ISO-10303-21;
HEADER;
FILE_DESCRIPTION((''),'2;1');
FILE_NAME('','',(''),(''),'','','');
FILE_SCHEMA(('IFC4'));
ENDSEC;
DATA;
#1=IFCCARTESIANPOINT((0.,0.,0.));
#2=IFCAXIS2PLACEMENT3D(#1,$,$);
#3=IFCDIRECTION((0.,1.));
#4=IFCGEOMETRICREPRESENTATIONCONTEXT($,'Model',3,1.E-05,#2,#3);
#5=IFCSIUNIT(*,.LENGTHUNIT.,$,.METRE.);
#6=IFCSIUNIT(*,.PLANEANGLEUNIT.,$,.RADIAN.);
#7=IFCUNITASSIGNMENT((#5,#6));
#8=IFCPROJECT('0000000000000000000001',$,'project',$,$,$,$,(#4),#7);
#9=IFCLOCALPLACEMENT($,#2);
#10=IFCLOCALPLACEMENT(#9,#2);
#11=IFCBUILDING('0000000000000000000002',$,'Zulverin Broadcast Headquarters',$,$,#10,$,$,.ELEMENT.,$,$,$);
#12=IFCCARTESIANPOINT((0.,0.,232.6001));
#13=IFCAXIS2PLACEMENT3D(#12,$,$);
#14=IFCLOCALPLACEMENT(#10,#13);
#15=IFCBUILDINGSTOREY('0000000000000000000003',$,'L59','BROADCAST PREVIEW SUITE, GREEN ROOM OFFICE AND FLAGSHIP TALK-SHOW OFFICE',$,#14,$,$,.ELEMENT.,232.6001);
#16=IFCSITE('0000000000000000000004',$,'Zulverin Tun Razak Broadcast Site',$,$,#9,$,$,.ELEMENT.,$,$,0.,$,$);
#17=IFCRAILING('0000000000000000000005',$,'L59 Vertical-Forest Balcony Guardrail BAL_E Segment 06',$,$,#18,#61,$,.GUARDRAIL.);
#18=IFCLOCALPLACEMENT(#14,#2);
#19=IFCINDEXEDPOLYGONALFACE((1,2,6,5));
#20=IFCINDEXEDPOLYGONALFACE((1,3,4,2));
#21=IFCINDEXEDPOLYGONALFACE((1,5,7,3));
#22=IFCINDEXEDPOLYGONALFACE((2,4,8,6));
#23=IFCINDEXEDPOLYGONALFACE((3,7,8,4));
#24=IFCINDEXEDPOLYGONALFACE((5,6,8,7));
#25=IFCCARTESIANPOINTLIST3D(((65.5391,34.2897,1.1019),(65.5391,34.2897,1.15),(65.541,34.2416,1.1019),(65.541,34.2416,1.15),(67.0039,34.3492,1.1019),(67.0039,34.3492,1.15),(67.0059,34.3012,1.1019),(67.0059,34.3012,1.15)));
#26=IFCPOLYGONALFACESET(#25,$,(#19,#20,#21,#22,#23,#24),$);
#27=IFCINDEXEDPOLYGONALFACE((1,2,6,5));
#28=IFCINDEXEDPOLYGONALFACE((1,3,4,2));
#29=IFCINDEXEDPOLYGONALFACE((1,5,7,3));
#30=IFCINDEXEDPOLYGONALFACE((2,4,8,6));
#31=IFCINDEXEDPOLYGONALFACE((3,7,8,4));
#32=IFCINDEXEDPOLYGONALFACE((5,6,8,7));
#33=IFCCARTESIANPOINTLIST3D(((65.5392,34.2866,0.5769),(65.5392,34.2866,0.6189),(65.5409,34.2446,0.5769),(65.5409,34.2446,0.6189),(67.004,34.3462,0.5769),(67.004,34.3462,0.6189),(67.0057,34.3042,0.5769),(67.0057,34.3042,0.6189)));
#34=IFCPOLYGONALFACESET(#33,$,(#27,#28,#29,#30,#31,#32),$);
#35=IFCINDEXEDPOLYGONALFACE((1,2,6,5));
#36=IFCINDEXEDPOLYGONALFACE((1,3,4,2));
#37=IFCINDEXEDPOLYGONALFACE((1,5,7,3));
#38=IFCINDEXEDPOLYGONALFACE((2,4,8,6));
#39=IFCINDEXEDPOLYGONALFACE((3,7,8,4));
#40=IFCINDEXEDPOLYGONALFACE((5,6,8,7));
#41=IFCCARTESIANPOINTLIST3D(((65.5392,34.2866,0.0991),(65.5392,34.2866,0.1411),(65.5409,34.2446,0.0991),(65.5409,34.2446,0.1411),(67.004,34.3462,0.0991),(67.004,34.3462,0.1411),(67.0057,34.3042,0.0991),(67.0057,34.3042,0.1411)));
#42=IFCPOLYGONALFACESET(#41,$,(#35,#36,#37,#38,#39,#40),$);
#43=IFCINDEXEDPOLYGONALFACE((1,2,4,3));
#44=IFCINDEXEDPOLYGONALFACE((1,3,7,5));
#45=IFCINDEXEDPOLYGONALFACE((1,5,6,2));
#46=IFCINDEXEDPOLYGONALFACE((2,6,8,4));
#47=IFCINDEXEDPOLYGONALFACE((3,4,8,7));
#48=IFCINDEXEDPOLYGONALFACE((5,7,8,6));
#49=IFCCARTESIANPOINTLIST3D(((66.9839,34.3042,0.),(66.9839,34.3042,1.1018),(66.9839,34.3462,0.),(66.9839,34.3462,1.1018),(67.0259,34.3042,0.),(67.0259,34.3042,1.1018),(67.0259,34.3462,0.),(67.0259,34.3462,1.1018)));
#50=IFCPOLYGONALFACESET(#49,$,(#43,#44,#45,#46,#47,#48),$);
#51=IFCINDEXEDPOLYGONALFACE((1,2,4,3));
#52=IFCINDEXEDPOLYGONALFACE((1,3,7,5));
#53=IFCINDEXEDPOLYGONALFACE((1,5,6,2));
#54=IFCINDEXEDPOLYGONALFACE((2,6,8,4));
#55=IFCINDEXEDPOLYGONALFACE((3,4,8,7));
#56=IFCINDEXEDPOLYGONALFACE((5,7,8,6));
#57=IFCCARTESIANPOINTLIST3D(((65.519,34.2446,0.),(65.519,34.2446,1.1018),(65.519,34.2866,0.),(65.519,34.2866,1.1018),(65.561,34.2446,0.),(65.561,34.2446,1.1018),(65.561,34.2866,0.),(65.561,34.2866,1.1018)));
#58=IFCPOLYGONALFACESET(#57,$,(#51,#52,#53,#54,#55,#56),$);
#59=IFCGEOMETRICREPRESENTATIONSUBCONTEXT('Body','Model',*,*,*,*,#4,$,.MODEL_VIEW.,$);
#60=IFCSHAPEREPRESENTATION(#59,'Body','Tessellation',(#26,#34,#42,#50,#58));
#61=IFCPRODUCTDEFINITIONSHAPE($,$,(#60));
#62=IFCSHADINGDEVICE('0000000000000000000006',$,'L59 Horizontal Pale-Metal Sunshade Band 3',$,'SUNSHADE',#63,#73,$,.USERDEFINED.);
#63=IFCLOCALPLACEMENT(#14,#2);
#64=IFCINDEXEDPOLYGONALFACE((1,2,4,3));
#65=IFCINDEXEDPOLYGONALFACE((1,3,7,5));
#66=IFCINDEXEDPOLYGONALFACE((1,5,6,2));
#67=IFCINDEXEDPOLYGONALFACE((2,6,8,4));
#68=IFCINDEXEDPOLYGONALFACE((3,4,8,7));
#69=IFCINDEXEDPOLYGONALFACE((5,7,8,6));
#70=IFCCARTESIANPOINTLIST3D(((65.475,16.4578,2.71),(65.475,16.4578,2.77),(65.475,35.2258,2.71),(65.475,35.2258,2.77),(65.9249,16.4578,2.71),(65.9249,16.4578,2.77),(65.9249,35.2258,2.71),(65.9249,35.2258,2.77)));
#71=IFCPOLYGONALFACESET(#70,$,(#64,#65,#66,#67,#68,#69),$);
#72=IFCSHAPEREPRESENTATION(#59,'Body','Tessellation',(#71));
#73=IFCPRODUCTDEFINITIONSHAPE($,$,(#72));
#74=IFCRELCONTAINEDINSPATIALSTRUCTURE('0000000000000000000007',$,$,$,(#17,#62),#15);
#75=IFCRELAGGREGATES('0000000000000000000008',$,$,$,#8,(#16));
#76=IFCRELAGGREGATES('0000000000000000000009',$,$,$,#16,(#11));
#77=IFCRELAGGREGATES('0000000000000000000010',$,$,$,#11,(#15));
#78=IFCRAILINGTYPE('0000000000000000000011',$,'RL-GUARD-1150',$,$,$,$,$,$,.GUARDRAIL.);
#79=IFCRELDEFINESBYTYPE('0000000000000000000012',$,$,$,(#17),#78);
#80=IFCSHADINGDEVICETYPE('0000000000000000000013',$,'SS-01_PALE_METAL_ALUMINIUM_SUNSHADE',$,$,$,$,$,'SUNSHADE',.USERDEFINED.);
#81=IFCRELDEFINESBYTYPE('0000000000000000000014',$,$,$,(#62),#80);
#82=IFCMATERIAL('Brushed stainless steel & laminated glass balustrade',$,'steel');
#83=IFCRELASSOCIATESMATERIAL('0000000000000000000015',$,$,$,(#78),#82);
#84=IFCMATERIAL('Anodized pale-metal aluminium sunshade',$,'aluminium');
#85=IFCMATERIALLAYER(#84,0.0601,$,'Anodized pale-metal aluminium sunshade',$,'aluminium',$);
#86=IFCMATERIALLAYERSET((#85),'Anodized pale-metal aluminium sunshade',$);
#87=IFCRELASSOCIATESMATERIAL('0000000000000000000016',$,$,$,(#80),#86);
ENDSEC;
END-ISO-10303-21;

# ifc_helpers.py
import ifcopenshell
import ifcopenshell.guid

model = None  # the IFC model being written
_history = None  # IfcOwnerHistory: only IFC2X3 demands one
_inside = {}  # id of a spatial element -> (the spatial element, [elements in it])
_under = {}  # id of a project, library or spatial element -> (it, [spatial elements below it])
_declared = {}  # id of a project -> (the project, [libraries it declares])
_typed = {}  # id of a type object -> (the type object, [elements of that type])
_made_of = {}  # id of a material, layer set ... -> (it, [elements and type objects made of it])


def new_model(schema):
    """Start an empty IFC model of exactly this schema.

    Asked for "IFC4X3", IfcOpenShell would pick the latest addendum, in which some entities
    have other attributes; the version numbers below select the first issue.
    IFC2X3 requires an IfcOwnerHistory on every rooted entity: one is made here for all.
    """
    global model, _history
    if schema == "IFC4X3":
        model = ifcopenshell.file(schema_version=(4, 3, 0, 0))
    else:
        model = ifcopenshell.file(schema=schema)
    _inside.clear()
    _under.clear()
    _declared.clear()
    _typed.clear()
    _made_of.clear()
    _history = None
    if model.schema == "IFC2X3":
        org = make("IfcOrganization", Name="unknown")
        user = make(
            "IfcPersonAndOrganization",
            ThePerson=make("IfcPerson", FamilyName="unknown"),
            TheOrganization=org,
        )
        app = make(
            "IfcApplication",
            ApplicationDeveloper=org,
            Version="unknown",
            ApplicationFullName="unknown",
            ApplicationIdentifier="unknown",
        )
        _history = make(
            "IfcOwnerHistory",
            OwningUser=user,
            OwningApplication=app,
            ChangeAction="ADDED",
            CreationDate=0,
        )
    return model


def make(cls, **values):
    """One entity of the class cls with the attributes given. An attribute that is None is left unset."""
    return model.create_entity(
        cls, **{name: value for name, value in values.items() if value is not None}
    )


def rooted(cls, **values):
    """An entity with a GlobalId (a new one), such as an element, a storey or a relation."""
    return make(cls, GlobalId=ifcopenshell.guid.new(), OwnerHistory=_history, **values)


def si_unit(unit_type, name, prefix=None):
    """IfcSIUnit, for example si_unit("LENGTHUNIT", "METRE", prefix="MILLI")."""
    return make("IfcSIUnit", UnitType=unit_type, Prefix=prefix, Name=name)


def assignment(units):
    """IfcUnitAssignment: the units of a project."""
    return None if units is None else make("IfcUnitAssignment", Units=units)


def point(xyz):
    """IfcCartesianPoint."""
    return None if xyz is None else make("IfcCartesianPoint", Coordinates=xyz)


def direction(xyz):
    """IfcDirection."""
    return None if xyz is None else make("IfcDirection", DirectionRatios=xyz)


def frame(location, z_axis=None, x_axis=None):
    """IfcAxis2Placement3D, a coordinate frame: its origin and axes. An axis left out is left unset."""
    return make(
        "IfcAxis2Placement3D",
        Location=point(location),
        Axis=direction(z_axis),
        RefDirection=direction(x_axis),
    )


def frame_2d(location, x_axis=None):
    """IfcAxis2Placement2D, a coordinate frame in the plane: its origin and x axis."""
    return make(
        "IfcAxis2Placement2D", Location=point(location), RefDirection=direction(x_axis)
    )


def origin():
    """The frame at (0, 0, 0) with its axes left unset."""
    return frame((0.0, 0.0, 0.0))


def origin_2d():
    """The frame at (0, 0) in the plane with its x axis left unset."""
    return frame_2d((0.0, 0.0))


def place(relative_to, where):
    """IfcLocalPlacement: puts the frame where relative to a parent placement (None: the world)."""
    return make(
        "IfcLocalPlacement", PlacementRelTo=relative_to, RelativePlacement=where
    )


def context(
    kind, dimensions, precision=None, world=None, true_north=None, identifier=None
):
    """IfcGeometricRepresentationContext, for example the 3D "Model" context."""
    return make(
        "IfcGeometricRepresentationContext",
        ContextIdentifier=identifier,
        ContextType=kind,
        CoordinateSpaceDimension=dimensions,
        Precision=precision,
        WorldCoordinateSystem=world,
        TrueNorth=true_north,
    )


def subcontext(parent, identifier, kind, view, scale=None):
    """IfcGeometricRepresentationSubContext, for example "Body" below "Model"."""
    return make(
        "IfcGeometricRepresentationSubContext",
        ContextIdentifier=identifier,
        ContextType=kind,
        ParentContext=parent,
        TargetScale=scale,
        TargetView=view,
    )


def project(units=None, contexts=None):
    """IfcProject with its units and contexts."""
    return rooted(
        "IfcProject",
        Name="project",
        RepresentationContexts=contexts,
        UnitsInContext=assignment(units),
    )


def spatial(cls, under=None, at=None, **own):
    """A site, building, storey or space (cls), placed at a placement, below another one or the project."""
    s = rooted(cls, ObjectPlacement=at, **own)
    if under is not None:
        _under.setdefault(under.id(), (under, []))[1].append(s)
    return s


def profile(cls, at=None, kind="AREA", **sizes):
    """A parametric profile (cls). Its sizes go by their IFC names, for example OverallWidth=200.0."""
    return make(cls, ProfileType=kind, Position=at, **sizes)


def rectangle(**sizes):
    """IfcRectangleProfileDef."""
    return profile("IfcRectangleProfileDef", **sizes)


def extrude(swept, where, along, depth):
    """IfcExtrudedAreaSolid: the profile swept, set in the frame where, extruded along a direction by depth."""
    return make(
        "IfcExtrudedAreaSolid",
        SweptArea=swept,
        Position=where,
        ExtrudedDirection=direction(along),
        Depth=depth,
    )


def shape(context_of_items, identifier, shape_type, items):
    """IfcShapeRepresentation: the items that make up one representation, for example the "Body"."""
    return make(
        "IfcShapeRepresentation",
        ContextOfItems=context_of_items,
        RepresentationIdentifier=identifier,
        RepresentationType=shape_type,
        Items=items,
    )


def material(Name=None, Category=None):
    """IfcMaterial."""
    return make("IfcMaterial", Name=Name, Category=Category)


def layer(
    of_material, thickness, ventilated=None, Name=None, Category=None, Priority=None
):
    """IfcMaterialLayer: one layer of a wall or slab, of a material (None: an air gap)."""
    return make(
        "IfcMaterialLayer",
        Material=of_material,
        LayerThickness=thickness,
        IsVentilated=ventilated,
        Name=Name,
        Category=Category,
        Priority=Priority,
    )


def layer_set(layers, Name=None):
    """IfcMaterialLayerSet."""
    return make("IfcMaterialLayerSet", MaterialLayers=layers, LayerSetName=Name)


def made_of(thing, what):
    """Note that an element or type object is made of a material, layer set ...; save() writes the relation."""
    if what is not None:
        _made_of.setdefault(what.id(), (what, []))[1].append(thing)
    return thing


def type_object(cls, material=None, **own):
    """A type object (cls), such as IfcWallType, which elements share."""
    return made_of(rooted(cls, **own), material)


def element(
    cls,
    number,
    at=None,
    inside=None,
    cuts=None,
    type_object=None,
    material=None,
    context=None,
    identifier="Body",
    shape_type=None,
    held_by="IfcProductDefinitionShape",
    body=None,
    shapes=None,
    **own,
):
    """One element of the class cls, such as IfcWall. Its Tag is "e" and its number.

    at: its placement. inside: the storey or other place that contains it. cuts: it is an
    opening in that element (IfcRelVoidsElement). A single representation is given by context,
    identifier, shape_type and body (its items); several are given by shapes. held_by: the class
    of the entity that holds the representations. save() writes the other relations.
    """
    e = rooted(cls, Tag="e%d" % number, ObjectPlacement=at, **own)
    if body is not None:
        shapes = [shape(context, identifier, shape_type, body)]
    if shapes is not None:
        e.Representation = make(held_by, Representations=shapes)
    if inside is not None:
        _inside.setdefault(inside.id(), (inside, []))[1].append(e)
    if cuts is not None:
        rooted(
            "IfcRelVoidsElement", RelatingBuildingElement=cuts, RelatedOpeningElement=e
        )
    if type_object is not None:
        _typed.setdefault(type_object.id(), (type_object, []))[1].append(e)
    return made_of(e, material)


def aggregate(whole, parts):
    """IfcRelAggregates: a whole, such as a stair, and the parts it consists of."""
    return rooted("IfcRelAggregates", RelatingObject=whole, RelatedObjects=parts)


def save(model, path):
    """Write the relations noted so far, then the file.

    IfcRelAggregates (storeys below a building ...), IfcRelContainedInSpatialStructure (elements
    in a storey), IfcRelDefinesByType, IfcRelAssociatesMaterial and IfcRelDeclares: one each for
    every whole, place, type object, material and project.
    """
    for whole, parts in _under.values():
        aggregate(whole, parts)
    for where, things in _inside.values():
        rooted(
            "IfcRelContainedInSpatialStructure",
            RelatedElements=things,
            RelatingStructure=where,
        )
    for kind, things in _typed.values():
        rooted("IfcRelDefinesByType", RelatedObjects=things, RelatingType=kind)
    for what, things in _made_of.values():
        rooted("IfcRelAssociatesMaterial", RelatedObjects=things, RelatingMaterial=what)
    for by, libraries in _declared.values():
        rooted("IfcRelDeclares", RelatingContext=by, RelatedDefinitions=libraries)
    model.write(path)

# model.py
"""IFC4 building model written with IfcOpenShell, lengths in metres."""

from ifc_helpers import new_model, si_unit, direction, frame, origin, origin_2d, place, context, subcontext, project, spatial, rectangle, extrude, material, layer, layer_set, type_object, element, save


model = new_model("IFC4")

# Units and contexts
model_context = context("Model", 3, precision=1e-05, world=origin(), true_north=direction((0.0, 1.0)))
body_context = subcontext(model_context, "Body", "Model", "MODEL_VIEW")
ifc_project = project(units=[si_unit("LENGTHUNIT", "METRE"), si_unit("PLANEANGLEUNIT", "RADIAN")], contexts=[model_context])

# Site, building, storey
site_placement = place(None, origin())
site = spatial("IfcSite", under=ifc_project, at=site_placement, Name="Zulverin Tun Razak Broadcast Site", CompositionType="ELEMENT", RefElevation=0.0)
building_placement = place(site_placement, origin())
building = spatial("IfcBuilding", under=site, at=building_placement, Name="Zulverin Broadcast Headquarters", CompositionType="ELEMENT")
storey_placement = place(building_placement, frame((0.0, 0.0, 232.6001)))
storey = spatial("IfcBuildingStorey", under=building, at=storey_placement, Name="L59", Description="BROADCAST PREVIEW SUITE, GREEN ROOM OFFICE AND FLAGSHIP TALK-SHOW OFFICE", CompositionType="ELEMENT", Elevation=232.6001)

# Railing
ifc_material_1 = material(Name="Brushed stainless steel & laminated glass balustrade", Category="steel")
railing_type = type_object("IfcRailingType", Name="RL-GUARD-1150", PredefinedType="GUARDRAIL", material=ifc_material_1)
railing_1_placement = place(storey_placement, frame((67.0049, 34.3252, 0.0)))
element("IfcRailing", 1, at=railing_1_placement, inside=storey, type_object=railing_type, Name="L59 Vertical-Forest Balcony Guardrail BAL_E Segment 06", PredefinedType="GUARDRAIL", context=body_context, shape_type="SweptSolid", body=[
    extrude(rectangle(XDim=0.0481, YDim=0.0481, at=origin_2d()), frame((0.0, 0.0, 1.126), z_axis=(-0.999174, -0.040633, 0.0), x_axis=(0.040633, -0.999174, 0.0)), (0.0, 0.0, 1.0), 1.4661),
    extrude(rectangle(XDim=0.042, YDim=0.042, at=origin_2d()), frame((0.0, 0.0, 0.5979), z_axis=(-0.999174, -0.040633, 0.0), x_axis=(0.040633, -0.999174, 0.0)), (0.0, 0.0, 1.0), 1.4661),
    extrude(rectangle(XDim=0.042, YDim=0.042, at=origin_2d()), frame((0.0, 0.0, 0.1201), z_axis=(-0.999174, -0.040633, 0.0), x_axis=(0.040633, -0.999174, 0.0)), (0.0, 0.0, 1.0), 1.4661),
    extrude(rectangle(XDim=0.042, YDim=0.042, at=origin_2d()), origin(), (0.0, 0.0, 1.0), 1.1018),
    extrude(rectangle(XDim=0.042, YDim=0.042, at=origin_2d()), frame((-1.4648, -0.0596, 0.0)), (0.0, 0.0, 1.0), 1.1018),
])

# Shading device
ifc_material_2 = material(Name="Anodized pale-metal aluminium sunshade", Category="aluminium")
ifc_layer_1 = layer(ifc_material_2, 0.0601, Name="Anodized pale-metal aluminium sunshade", Category="aluminium")
ifc_layer_set_1 = layer_set([ifc_layer_1], Name="Anodized pale-metal aluminium sunshade")
shading_device_type = type_object("IfcShadingDeviceType", Name="SS-01_PALE_METAL_ALUMINIUM_SUNSHADE", ElementType="SUNSHADE", PredefinedType="USERDEFINED", material=ifc_layer_set_1)
shading_device_placement = place(storey_placement, frame((65.7, 25.8418, 2.71), z_axis=(0.0, 0.0, 1.0), x_axis=(0.0, 1.0, 0.0)))
element("IfcShadingDevice", 2, at=shading_device_placement, inside=storey, type_object=shading_device_type, Name="L59 Horizontal Pale-Metal Sunshade Band 3", ObjectType="SUNSHADE", PredefinedType="USERDEFINED", context=body_context, shape_type="SweptSolid", body=[
    extrude(rectangle(XDim=18.7681, YDim=0.45, at=origin_2d()), origin(), (0.0, 0.0, 1.0), 0.0601),
])

save(model, "model.ifc")
